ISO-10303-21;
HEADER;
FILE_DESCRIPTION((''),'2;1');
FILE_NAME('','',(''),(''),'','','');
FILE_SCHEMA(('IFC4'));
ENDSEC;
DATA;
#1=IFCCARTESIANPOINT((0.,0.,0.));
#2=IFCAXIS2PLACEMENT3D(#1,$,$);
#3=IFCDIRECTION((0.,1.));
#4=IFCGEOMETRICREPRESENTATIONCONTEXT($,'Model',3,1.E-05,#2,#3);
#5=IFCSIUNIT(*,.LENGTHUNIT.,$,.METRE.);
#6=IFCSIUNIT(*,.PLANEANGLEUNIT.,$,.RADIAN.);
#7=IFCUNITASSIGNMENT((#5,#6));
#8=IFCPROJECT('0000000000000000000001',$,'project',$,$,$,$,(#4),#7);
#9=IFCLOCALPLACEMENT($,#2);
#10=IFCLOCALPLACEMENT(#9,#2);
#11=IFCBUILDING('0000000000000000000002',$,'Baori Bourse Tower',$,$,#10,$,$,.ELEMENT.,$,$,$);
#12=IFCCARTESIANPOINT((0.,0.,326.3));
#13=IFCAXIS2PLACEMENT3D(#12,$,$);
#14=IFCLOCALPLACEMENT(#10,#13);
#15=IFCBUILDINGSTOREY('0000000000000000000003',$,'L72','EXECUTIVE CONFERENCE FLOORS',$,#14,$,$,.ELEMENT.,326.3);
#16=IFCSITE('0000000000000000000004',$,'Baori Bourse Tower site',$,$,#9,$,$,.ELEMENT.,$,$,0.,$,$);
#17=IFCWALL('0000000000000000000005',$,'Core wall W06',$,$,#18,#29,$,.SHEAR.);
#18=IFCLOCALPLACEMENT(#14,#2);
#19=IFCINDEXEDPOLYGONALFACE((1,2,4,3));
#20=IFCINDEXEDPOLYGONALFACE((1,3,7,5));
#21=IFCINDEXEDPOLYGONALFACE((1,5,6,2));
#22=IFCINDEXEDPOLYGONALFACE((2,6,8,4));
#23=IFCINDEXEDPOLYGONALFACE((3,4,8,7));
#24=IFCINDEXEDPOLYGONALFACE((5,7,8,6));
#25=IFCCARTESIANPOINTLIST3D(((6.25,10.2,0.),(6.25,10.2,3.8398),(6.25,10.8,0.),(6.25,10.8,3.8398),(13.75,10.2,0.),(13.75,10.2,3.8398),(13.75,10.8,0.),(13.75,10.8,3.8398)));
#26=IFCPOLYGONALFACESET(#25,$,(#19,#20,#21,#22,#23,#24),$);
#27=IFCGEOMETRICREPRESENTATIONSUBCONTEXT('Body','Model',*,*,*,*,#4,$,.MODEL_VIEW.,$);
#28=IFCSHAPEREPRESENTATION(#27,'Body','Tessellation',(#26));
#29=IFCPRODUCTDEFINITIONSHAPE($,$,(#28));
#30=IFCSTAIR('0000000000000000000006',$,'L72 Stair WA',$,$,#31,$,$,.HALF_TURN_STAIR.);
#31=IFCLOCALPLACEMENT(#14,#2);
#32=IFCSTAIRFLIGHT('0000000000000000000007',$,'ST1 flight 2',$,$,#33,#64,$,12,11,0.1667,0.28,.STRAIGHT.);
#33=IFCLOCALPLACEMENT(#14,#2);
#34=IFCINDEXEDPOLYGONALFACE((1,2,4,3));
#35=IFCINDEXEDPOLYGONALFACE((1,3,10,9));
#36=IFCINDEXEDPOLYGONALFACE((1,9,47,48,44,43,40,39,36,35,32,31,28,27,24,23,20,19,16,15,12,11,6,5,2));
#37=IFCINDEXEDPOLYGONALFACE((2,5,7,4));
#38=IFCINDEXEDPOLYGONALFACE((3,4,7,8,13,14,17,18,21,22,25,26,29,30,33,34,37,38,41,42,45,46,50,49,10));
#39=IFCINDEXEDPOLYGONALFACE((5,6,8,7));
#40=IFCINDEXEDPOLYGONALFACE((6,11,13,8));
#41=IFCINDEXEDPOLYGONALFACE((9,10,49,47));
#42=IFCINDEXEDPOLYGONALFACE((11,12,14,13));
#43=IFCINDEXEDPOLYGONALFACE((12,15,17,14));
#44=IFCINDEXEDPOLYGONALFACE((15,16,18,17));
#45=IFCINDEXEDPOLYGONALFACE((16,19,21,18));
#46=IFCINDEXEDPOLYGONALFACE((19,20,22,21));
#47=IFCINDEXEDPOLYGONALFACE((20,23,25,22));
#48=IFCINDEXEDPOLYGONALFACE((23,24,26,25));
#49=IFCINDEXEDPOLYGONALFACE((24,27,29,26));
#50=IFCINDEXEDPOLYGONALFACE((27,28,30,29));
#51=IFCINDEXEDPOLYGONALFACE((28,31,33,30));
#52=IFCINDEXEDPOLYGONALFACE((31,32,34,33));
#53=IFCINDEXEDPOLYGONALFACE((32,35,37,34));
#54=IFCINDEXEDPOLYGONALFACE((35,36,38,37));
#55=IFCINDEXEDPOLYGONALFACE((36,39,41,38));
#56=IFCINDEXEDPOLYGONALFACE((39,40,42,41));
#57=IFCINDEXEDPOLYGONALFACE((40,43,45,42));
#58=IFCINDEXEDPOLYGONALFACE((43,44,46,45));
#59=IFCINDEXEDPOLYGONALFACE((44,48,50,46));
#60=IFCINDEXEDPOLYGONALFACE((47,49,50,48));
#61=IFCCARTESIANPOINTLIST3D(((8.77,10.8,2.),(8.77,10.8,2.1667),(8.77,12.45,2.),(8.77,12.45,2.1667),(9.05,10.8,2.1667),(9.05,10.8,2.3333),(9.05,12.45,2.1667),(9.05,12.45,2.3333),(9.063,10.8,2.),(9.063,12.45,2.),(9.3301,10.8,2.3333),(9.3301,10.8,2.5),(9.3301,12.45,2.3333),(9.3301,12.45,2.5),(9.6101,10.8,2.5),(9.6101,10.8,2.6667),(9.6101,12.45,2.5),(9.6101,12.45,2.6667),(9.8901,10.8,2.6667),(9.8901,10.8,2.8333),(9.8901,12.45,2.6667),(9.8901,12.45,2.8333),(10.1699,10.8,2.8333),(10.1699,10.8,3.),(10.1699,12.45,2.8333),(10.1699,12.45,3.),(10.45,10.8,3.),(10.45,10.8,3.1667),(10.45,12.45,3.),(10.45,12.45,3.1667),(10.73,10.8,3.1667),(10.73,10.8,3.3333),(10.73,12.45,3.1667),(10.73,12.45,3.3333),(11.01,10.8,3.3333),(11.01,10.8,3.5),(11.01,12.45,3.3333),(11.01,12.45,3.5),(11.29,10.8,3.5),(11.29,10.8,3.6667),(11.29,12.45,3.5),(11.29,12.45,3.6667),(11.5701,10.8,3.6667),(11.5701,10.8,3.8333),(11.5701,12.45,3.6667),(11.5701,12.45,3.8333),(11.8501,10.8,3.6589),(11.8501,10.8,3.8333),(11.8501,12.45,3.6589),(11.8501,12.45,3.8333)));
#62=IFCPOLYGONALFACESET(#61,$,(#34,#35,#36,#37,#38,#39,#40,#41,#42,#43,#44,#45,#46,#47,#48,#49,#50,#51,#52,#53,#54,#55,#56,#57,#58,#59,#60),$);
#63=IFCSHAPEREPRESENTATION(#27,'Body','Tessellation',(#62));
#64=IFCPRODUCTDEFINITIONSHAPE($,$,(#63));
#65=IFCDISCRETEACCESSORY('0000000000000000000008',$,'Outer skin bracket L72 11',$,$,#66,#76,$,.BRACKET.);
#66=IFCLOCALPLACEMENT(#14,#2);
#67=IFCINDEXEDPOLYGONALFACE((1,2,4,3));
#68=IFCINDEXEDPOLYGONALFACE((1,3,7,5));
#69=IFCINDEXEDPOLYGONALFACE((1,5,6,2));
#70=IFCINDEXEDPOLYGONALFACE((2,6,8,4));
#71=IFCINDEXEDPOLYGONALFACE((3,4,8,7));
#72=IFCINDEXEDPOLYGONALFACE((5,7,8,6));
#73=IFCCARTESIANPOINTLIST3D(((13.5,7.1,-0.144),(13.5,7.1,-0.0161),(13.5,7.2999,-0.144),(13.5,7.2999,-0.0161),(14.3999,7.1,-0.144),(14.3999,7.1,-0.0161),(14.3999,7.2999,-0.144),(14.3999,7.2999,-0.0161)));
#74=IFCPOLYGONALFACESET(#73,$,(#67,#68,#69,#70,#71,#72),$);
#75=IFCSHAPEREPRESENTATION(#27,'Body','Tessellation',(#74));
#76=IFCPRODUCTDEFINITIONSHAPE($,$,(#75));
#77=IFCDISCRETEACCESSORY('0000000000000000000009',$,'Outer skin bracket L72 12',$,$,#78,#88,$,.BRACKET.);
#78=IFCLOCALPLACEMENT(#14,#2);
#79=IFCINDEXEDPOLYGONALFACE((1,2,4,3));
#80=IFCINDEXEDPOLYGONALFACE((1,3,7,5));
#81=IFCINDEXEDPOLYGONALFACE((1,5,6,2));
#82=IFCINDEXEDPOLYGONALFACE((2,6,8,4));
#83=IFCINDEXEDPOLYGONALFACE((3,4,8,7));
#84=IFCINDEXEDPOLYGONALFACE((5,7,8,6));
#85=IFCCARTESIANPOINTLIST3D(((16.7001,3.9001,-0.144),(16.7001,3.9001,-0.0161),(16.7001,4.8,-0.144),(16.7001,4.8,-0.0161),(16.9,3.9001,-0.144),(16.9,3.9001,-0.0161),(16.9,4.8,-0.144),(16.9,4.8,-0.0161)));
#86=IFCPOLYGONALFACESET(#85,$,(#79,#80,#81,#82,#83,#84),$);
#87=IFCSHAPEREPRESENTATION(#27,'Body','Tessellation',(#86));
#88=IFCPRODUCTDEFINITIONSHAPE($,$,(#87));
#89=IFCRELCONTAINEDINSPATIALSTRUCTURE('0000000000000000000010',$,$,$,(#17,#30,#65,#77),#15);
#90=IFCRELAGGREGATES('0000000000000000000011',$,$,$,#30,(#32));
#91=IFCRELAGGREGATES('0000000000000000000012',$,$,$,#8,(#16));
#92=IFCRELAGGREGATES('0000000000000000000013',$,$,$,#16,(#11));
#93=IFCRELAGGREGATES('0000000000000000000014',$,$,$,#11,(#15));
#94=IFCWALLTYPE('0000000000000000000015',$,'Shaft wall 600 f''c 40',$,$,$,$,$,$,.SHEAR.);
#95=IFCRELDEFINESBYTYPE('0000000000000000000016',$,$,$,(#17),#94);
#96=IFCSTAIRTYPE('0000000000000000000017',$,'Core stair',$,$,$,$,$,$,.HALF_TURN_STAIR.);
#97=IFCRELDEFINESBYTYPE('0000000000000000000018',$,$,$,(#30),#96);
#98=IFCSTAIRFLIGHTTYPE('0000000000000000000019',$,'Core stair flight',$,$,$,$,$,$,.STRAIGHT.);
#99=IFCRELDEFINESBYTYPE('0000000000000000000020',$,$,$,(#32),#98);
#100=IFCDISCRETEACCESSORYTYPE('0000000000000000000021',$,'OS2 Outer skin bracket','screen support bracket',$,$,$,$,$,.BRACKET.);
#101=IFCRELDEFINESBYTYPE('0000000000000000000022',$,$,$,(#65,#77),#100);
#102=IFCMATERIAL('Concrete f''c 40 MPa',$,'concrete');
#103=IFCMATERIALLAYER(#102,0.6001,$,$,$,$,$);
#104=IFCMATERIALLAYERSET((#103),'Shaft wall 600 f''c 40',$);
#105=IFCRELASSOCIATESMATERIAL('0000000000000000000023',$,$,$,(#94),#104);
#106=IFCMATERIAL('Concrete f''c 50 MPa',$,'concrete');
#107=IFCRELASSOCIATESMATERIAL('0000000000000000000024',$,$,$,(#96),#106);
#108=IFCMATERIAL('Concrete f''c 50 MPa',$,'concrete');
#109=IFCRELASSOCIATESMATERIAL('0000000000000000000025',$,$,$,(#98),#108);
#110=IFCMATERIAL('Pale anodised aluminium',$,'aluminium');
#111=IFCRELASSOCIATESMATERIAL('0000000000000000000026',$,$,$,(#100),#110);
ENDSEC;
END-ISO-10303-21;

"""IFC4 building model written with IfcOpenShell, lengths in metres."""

from ifc_helpers import new_model, si_unit, direction, frame, frame_2d, origin, origin_2d, place, context, subcontext, project, spatial, polyline, rectangle, outline, extrude, material, layer, layer_set, type_object, element, aggregate, save


model = new_model("IFC4")

# Units and contexts
model_context = context("Model", 3, precision=1e-05, world=origin(), true_north=direction((0.0, 1.0)))
body_context = subcontext(model_context, "Body", "Model", "MODEL_VIEW")
ifc_project = project(units=[si_unit("LENGTHUNIT", "METRE"), si_unit("PLANEANGLEUNIT", "RADIAN")], contexts=[model_context])

# Site, building, storey
site_placement = place(None, origin())
site = spatial("IfcSite", under=ifc_project, at=site_placement, Name="Baori Bourse Tower site", CompositionType="ELEMENT", RefElevation=0.0)
building_placement = place(site_placement, origin())
building = spatial("IfcBuilding", under=site, at=building_placement, Name="Baori Bourse Tower", CompositionType="ELEMENT")
storey_placement = place(building_placement, frame((0.0, 0.0, 326.3)))
storey = spatial("IfcBuildingStorey", under=building, at=storey_placement, Name="L72", Description="EXECUTIVE CONFERENCE FLOORS", CompositionType="ELEMENT", Elevation=326.3)

# Wall
ifc_material_1 = material(Name="Concrete f'c 40 MPa", Category="concrete")
ifc_layer_1 = layer(ifc_material_1, 0.6001)
ifc_layer_set_1 = layer_set([ifc_layer_1], Name="Shaft wall 600 f'c 40")
wall_type_1 = type_object("IfcWallType", Name="Shaft wall 600 f'c 40", PredefinedType="SHEAR", material=ifc_layer_set_1)
wall_1_placement = place(storey_placement, frame((6.25, 10.5, 0.0), z_axis=(0.0, 0.0, 1.0), x_axis=(1.0, 0.0, 0.0)))
element("IfcWall", 1, at=wall_1_placement, inside=storey, type_object=wall_type_1, Name="Core wall W06", PredefinedType="SHEAR", context=body_context, shape_type="SweptSolid", body=[
    extrude(rectangle(XDim=7.5, YDim=0.6001, at=frame_2d((3.75, 0.0))), origin(), (0.0, 0.0, 1.0), 3.8398),
])

# Stair, stair flight
ifc_material_2 = material(Name="Concrete f'c 50 MPa", Category="concrete")
stair_type = type_object("IfcStairType", Name="Core stair", PredefinedType="HALF_TURN_STAIR", material=ifc_material_2)
stair_placement = place(storey_placement, origin())
stair = element("IfcStair", 2, at=stair_placement, inside=storey, type_object=stair_type, Name="L72 Stair WA", PredefinedType="HALF_TURN_STAIR")
ifc_material_3 = material(Name="Concrete f'c 50 MPa", Category="concrete")
stair_flight_type = type_object("IfcStairFlightType", Name="Core stair flight", PredefinedType="STRAIGHT", material=ifc_material_3)
stair_flight_placement = place(storey_placement, frame((8.77, 11.625, 2.0), z_axis=(0.0, 0.0, 1.0), x_axis=(1.0, 0.0, 0.0)))
stair_flight = element("IfcStairFlight", 3, at=stair_flight_placement, type_object=stair_flight_type, Name="ST1 flight 2", NumberOfRisers=12, NumberOfTreads=11, PredefinedType="STRAIGHT", RiserHeight=0.1667, TreadLength=0.28, context=body_context, shape_type="SweptSolid", body=[
    extrude(outline(polyline([(0.0, 0.0), (0.0, 0.1667), (0.28, 0.1667), (0.28, 0.3333), (0.5601, 0.3333), (0.5601, 0.5), (0.8401, 0.5), (0.8401, 0.6667), (1.1201, 0.6667), (1.1201, 0.8333), (1.3999, 0.8333), (1.3999, 1.0), (1.6799, 1.0), (1.6799, 1.1667), (1.96, 1.1667), (1.96, 1.3333), (2.24, 1.3333), (2.24, 1.5), (2.52, 1.5), (2.52, 1.6667), (2.8, 1.6667), (2.8, 1.8333), (3.0801, 1.8333), (3.0801, 2.0), (3.0801, 1.6589), (0.293, 0.0), (0.0, 0.0)])), frame((0.0, 0.825, 0.0), z_axis=(0.0, -1.0, 0.0), x_axis=(1.0, 0.0, 0.0)), (0.0, 0.0, 1.0), 1.6499),
])
aggregate(stair, [stair_flight])

# Discrete accessories
ifc_material_4 = material(Name="Pale anodised aluminium", Category="aluminium")
discrete_accessory_type = type_object("IfcDiscreteAccessoryType", Name="OS2 Outer skin bracket", Description="screen support bracket", PredefinedType="BRACKET", material=ifc_material_4)
for number, where, z_axis, x_axis, name in (
    (4, (13.95, 7.2, -0.144), (0.0, 0.0, 1.0), (0.0, -1.0, 0.0), "Outer skin bracket L72 11"),
    (5, (16.8, 4.3501, -0.144), (0.0, 0.0, 1.0), (1.0, 0.0, 0.0), "Outer skin bracket L72 12"),
):
    element("IfcDiscreteAccessory", number, at=place(storey_placement, frame(where, z_axis=z_axis, x_axis=x_axis)), inside=storey, type_object=discrete_accessory_type, Name=name, PredefinedType="BRACKET", context=body_context, shape_type="SweptSolid", body=[
        extrude(rectangle(XDim=0.2, YDim=0.8999, at=origin_2d()), origin(), (0.0, 0.0, 1.0), 0.1279),
    ])

save(model, "model.ifc")
